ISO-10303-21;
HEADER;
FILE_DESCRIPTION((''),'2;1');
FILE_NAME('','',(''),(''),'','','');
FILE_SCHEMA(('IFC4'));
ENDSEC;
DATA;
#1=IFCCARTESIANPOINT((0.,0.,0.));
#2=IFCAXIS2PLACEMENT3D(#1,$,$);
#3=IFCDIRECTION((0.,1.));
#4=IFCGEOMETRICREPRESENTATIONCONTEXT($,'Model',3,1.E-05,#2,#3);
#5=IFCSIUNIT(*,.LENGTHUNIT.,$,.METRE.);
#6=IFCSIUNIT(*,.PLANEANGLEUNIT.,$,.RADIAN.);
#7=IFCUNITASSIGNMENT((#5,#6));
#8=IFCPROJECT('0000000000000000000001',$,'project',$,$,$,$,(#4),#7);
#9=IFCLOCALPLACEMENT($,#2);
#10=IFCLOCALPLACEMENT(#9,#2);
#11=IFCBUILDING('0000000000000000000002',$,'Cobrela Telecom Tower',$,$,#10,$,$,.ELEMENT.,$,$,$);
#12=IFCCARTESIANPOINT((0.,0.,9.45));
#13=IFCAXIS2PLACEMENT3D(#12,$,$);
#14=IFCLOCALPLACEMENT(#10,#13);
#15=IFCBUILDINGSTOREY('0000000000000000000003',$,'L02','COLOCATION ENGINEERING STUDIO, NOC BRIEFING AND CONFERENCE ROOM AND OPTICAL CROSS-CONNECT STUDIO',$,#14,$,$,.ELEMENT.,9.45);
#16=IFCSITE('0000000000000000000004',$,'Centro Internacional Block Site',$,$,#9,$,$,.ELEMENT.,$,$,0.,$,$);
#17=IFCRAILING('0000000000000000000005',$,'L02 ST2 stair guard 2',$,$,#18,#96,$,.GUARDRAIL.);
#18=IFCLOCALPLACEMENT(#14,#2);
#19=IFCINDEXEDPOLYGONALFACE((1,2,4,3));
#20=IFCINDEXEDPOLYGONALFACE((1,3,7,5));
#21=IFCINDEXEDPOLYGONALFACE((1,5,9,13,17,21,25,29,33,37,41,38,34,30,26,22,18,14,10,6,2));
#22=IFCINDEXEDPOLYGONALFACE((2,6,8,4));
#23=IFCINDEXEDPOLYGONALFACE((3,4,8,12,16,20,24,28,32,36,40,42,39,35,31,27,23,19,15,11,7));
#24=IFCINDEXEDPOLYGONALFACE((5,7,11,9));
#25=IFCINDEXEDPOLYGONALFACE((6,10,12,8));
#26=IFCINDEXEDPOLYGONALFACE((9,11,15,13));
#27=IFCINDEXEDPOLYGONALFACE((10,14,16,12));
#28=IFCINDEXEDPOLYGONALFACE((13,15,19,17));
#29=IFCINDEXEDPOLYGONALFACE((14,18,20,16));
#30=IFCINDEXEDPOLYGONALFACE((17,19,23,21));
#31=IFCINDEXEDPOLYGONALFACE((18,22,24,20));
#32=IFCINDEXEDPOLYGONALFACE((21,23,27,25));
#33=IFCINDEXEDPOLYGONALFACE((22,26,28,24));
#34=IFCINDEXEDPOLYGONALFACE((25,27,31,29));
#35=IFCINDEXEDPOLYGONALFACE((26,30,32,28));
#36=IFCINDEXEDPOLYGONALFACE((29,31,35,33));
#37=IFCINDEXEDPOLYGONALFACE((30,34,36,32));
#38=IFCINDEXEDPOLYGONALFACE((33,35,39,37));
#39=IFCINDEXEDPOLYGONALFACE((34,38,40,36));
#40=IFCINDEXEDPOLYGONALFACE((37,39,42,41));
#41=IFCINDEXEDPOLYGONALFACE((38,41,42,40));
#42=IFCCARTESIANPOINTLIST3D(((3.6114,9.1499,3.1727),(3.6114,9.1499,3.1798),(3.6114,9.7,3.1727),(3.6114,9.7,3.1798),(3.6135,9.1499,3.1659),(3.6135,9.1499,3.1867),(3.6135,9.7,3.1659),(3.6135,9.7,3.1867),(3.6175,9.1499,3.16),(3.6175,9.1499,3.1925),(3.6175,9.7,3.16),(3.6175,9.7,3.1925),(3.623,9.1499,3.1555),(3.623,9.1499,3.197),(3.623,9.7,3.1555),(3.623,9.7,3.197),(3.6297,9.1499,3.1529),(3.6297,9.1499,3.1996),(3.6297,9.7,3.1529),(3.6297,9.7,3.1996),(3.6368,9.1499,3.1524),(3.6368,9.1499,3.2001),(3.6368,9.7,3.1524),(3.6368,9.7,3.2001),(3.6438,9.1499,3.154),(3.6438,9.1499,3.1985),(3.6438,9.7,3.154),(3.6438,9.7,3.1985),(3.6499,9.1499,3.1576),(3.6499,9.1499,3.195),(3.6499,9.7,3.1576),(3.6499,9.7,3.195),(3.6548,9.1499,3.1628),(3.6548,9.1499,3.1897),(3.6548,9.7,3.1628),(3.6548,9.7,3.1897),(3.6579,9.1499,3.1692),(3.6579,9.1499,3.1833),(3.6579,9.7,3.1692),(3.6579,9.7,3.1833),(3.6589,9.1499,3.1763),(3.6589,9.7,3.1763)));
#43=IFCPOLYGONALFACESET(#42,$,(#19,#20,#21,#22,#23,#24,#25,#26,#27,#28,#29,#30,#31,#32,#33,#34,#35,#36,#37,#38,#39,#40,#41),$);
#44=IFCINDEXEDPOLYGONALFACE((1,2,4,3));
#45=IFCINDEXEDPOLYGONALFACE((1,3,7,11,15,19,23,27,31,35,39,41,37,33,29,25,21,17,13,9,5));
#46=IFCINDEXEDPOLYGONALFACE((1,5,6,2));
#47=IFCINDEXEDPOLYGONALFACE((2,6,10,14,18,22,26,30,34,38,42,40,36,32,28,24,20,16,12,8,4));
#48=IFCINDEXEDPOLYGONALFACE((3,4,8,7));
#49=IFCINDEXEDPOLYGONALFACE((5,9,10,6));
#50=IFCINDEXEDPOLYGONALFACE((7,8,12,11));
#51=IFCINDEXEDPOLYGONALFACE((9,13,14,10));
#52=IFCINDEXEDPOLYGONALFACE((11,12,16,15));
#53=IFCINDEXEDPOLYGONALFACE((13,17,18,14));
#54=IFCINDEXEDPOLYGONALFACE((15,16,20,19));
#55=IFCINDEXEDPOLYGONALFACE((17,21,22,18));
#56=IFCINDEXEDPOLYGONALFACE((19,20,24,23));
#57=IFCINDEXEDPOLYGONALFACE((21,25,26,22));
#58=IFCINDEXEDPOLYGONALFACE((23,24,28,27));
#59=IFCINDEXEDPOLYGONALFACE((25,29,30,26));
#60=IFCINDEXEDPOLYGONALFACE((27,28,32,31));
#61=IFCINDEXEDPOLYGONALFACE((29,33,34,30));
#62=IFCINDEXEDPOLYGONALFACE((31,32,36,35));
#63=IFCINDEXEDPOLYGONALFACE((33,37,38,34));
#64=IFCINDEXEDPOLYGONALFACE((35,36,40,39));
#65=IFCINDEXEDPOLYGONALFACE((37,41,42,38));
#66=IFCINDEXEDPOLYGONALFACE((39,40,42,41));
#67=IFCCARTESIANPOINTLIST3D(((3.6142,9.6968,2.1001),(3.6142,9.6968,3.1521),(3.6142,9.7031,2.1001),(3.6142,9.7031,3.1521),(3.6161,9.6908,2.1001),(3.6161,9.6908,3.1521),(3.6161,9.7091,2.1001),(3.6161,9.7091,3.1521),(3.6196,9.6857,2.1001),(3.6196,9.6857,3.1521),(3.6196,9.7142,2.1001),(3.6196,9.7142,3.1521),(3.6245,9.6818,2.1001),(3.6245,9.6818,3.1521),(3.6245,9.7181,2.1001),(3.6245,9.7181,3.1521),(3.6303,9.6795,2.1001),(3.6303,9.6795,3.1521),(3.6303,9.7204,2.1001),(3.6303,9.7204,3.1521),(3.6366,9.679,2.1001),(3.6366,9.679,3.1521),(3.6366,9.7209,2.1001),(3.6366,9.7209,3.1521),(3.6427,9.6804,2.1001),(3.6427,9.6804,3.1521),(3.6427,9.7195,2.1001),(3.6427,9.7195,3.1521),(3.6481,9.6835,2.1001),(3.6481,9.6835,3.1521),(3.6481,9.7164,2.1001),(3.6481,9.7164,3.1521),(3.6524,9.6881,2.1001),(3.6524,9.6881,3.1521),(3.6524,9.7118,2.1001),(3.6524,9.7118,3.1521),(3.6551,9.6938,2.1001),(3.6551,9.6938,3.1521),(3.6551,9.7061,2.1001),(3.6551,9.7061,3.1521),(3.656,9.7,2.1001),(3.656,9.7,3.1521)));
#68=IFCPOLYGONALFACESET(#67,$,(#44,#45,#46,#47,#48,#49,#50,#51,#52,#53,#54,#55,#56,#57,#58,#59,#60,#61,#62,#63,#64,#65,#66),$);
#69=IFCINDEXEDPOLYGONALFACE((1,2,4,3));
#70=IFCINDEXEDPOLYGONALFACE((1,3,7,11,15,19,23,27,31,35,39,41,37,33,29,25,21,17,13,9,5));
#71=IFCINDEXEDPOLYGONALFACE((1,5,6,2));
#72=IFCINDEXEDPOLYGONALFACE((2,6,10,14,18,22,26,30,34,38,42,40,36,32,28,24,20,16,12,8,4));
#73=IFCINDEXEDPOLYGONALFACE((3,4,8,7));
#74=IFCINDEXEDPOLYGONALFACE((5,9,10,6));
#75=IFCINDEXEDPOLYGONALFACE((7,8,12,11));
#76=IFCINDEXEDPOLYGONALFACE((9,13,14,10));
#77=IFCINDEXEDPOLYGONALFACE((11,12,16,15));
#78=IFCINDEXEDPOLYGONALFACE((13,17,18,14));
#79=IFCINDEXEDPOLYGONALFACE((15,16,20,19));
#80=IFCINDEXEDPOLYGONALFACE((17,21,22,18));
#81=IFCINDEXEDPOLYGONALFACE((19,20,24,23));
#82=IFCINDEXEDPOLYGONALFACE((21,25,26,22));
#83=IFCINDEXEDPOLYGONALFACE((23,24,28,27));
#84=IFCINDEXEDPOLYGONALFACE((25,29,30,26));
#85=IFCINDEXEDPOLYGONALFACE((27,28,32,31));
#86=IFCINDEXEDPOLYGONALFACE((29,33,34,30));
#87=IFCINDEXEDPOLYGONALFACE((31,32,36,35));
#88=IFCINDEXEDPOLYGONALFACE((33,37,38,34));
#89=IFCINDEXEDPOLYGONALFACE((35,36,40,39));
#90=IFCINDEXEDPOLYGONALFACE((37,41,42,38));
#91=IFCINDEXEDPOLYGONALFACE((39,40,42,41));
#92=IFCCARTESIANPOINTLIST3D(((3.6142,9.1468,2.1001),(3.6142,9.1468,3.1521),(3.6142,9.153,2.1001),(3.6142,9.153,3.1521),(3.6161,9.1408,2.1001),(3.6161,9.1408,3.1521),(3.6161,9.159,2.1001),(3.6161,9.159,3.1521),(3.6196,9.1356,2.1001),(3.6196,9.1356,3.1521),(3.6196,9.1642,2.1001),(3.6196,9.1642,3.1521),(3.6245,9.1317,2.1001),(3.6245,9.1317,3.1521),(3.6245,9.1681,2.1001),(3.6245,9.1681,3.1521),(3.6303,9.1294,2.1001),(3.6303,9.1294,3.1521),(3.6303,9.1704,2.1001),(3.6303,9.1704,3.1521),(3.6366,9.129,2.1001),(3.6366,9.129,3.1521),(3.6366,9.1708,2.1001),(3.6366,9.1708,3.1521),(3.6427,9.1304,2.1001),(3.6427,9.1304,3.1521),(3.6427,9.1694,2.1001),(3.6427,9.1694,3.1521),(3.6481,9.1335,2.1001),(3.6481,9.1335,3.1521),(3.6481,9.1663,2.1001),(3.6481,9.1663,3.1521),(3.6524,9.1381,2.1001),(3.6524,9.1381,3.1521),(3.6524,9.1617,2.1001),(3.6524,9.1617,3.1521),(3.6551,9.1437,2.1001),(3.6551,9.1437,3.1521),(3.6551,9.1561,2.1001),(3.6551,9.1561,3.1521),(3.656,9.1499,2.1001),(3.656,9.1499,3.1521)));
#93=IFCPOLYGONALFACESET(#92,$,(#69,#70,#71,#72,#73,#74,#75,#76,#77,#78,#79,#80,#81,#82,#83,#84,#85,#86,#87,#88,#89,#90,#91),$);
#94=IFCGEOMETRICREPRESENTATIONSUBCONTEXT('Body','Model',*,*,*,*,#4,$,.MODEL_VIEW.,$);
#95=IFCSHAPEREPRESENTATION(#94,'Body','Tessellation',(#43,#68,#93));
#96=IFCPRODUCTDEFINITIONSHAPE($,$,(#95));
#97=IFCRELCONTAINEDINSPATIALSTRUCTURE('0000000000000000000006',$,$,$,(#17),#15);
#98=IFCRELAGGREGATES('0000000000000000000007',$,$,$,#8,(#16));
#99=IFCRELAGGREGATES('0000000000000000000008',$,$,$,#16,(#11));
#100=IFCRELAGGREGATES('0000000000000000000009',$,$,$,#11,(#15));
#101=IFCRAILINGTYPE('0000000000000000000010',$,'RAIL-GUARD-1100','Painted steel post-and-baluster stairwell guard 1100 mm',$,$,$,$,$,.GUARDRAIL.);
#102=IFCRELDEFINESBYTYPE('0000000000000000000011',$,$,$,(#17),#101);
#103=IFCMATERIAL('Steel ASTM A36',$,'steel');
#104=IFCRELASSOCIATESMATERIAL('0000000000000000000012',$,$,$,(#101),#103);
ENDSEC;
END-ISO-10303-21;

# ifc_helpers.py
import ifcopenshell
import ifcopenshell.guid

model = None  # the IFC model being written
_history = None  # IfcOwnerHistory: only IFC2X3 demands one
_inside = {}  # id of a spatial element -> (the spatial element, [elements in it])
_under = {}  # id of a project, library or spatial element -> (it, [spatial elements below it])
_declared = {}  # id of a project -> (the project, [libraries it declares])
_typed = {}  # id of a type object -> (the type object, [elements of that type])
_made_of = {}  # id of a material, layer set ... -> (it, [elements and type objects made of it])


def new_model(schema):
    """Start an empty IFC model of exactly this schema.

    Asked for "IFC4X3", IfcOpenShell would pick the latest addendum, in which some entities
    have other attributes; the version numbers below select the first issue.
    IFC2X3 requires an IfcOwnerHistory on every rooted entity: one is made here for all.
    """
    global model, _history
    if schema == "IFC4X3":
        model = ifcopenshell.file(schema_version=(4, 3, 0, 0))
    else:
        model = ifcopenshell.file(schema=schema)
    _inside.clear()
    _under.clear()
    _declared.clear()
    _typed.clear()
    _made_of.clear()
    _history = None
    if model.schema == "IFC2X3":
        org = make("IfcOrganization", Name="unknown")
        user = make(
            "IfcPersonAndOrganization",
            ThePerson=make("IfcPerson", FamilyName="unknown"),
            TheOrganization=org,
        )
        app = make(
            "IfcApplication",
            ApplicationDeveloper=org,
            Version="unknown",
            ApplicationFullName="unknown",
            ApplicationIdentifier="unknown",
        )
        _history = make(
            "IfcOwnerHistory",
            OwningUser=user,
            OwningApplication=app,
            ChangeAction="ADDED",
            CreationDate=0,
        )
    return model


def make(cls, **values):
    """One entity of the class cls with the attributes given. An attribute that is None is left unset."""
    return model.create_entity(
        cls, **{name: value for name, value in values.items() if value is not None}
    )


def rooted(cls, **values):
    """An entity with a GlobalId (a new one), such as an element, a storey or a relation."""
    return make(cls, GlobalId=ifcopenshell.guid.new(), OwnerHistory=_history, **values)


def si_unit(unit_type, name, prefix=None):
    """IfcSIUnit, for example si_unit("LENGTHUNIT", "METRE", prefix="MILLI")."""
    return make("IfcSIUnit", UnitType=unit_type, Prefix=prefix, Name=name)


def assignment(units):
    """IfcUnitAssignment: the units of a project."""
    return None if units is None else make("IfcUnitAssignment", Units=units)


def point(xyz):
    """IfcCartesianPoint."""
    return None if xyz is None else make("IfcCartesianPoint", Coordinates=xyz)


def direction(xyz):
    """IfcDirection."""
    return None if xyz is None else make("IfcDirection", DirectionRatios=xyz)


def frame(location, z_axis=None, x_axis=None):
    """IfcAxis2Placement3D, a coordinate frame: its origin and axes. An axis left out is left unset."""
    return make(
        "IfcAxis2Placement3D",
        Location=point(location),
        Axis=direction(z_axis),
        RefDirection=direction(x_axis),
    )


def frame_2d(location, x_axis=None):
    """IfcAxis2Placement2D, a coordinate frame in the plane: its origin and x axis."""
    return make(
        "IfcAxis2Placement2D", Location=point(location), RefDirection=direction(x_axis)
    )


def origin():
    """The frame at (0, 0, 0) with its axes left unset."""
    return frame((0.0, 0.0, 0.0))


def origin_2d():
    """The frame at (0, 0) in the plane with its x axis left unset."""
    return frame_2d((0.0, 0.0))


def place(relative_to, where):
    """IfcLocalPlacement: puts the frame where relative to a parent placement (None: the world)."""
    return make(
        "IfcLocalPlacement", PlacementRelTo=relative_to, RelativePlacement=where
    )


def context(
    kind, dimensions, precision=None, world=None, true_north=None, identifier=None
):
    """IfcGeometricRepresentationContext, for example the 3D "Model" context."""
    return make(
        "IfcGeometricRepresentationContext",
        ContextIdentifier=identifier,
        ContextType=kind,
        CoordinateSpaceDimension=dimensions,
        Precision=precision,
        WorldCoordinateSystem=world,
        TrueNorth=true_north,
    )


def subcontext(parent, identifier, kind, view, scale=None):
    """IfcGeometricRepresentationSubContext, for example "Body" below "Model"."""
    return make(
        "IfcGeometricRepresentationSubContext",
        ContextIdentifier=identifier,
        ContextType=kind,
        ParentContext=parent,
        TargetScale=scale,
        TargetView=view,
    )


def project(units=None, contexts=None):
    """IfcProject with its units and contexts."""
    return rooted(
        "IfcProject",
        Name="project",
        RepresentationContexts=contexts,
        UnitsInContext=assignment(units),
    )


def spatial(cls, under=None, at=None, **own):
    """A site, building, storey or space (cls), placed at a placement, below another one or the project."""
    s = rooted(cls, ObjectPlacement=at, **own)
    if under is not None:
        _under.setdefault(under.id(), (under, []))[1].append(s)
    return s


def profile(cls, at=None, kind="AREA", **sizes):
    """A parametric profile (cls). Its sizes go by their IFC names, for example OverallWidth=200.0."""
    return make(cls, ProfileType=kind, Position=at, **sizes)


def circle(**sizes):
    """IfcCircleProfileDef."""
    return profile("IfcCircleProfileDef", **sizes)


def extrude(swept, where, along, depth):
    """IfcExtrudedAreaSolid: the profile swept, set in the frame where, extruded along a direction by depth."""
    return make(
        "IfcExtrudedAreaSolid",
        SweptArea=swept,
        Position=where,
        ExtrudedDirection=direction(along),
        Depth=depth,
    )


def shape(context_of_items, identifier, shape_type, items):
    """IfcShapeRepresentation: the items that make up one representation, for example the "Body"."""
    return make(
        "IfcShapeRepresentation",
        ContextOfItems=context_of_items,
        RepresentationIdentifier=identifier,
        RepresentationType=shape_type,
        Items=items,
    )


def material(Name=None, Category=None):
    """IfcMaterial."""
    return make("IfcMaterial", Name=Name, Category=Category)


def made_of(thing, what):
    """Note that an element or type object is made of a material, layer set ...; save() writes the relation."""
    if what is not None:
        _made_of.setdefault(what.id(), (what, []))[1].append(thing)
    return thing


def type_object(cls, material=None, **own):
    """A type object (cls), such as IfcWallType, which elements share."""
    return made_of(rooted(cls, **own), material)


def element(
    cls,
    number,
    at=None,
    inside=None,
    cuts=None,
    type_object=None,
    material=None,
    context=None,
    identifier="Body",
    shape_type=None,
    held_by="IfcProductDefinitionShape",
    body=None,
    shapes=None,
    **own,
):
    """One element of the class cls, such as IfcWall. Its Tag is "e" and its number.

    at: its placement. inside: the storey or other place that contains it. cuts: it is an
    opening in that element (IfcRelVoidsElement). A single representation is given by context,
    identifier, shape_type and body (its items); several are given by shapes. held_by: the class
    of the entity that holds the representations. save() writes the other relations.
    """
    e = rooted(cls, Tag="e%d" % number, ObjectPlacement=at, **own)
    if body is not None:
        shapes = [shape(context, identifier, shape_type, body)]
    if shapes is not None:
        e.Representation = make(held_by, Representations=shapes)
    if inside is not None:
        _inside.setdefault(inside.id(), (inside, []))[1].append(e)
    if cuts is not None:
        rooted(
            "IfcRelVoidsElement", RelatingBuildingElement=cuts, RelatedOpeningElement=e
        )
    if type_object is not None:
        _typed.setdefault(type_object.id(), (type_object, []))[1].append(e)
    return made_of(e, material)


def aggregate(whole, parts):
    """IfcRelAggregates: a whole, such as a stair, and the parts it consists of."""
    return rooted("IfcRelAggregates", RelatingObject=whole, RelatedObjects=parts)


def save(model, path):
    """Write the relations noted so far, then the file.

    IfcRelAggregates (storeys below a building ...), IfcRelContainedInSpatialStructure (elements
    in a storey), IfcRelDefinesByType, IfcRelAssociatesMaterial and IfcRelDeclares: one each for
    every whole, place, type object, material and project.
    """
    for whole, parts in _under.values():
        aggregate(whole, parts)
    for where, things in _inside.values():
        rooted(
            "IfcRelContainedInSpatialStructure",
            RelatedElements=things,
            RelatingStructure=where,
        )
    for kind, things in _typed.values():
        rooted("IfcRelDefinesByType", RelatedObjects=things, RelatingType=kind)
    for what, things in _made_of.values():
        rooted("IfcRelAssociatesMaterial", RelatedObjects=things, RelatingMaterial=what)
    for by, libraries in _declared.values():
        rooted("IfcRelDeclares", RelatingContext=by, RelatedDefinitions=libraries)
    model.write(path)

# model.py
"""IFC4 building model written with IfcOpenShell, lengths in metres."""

from ifc_helpers import new_model, si_unit, direction, frame, origin, origin_2d, place, context, subcontext, project, spatial, circle, extrude, material, type_object, element, save


model = new_model("IFC4")

# Units and contexts
model_context = context("Model", 3, precision=1e-05, world=origin(), true_north=direction((0.0, 1.0)))
body_context = subcontext(model_context, "Body", "Model", "MODEL_VIEW")
ifc_project = project(units=[si_unit("LENGTHUNIT", "METRE"), si_unit("PLANEANGLEUNIT", "RADIAN")], contexts=[model_context])

# Site, building, storey
site_placement = place(None, origin())
site = spatial("IfcSite", under=ifc_project, at=site_placement, Name="Centro Internacional Block Site", CompositionType="ELEMENT", RefElevation=0.0)
building_placement = place(site_placement, origin())
building = spatial("IfcBuilding", under=site, at=building_placement, Name="Cobrela Telecom Tower", CompositionType="ELEMENT")
storey_placement = place(building_placement, frame((0.0, 0.0, 9.45)))
storey = spatial("IfcBuildingStorey", under=building, at=storey_placement, Name="L02", Description="COLOCATION ENGINEERING STUDIO, NOC BRIEFING AND CONFERENCE ROOM AND OPTICAL CROSS-CONNECT STUDIO", CompositionType="ELEMENT", Elevation=9.45)

# Railing
ifc_material_1 = material(Name="Steel ASTM A36", Category="steel")
railing_type = type_object("IfcRailingType", Name="RAIL-GUARD-1100", Description="Painted steel post-and-baluster stairwell guard 1100 mm", PredefinedType="GUARDRAIL", material=ifc_material_1)
railing_1_placement = place(storey_placement, frame((3.635, 9.7, 2.1001)))
element("IfcRailing", 1, at=railing_1_placement, inside=storey, type_object=railing_type, Name="L02 ST2 stair guard 2", PredefinedType="GUARDRAIL", context=body_context, shape_type="SweptSolid", body=[
    extrude(circle(Radius=0.0239, at=origin_2d()), frame((0.0, 0.0, 1.0762), z_axis=(0.0, -1.0, 0.0), x_axis=(1.0, 0.0, 0.0)), (0.0, 0.0, 1.0), 0.55),
    extrude(circle(Radius=0.021, at=origin_2d()), origin(), (0.0, 0.0, 1.0), 1.052),
    extrude(circle(Radius=0.021, at=origin_2d()), frame((0.0, -0.55, 0.0)), (0.0, 0.0, 1.0), 1.052),
])

save(model, "model.ifc")
